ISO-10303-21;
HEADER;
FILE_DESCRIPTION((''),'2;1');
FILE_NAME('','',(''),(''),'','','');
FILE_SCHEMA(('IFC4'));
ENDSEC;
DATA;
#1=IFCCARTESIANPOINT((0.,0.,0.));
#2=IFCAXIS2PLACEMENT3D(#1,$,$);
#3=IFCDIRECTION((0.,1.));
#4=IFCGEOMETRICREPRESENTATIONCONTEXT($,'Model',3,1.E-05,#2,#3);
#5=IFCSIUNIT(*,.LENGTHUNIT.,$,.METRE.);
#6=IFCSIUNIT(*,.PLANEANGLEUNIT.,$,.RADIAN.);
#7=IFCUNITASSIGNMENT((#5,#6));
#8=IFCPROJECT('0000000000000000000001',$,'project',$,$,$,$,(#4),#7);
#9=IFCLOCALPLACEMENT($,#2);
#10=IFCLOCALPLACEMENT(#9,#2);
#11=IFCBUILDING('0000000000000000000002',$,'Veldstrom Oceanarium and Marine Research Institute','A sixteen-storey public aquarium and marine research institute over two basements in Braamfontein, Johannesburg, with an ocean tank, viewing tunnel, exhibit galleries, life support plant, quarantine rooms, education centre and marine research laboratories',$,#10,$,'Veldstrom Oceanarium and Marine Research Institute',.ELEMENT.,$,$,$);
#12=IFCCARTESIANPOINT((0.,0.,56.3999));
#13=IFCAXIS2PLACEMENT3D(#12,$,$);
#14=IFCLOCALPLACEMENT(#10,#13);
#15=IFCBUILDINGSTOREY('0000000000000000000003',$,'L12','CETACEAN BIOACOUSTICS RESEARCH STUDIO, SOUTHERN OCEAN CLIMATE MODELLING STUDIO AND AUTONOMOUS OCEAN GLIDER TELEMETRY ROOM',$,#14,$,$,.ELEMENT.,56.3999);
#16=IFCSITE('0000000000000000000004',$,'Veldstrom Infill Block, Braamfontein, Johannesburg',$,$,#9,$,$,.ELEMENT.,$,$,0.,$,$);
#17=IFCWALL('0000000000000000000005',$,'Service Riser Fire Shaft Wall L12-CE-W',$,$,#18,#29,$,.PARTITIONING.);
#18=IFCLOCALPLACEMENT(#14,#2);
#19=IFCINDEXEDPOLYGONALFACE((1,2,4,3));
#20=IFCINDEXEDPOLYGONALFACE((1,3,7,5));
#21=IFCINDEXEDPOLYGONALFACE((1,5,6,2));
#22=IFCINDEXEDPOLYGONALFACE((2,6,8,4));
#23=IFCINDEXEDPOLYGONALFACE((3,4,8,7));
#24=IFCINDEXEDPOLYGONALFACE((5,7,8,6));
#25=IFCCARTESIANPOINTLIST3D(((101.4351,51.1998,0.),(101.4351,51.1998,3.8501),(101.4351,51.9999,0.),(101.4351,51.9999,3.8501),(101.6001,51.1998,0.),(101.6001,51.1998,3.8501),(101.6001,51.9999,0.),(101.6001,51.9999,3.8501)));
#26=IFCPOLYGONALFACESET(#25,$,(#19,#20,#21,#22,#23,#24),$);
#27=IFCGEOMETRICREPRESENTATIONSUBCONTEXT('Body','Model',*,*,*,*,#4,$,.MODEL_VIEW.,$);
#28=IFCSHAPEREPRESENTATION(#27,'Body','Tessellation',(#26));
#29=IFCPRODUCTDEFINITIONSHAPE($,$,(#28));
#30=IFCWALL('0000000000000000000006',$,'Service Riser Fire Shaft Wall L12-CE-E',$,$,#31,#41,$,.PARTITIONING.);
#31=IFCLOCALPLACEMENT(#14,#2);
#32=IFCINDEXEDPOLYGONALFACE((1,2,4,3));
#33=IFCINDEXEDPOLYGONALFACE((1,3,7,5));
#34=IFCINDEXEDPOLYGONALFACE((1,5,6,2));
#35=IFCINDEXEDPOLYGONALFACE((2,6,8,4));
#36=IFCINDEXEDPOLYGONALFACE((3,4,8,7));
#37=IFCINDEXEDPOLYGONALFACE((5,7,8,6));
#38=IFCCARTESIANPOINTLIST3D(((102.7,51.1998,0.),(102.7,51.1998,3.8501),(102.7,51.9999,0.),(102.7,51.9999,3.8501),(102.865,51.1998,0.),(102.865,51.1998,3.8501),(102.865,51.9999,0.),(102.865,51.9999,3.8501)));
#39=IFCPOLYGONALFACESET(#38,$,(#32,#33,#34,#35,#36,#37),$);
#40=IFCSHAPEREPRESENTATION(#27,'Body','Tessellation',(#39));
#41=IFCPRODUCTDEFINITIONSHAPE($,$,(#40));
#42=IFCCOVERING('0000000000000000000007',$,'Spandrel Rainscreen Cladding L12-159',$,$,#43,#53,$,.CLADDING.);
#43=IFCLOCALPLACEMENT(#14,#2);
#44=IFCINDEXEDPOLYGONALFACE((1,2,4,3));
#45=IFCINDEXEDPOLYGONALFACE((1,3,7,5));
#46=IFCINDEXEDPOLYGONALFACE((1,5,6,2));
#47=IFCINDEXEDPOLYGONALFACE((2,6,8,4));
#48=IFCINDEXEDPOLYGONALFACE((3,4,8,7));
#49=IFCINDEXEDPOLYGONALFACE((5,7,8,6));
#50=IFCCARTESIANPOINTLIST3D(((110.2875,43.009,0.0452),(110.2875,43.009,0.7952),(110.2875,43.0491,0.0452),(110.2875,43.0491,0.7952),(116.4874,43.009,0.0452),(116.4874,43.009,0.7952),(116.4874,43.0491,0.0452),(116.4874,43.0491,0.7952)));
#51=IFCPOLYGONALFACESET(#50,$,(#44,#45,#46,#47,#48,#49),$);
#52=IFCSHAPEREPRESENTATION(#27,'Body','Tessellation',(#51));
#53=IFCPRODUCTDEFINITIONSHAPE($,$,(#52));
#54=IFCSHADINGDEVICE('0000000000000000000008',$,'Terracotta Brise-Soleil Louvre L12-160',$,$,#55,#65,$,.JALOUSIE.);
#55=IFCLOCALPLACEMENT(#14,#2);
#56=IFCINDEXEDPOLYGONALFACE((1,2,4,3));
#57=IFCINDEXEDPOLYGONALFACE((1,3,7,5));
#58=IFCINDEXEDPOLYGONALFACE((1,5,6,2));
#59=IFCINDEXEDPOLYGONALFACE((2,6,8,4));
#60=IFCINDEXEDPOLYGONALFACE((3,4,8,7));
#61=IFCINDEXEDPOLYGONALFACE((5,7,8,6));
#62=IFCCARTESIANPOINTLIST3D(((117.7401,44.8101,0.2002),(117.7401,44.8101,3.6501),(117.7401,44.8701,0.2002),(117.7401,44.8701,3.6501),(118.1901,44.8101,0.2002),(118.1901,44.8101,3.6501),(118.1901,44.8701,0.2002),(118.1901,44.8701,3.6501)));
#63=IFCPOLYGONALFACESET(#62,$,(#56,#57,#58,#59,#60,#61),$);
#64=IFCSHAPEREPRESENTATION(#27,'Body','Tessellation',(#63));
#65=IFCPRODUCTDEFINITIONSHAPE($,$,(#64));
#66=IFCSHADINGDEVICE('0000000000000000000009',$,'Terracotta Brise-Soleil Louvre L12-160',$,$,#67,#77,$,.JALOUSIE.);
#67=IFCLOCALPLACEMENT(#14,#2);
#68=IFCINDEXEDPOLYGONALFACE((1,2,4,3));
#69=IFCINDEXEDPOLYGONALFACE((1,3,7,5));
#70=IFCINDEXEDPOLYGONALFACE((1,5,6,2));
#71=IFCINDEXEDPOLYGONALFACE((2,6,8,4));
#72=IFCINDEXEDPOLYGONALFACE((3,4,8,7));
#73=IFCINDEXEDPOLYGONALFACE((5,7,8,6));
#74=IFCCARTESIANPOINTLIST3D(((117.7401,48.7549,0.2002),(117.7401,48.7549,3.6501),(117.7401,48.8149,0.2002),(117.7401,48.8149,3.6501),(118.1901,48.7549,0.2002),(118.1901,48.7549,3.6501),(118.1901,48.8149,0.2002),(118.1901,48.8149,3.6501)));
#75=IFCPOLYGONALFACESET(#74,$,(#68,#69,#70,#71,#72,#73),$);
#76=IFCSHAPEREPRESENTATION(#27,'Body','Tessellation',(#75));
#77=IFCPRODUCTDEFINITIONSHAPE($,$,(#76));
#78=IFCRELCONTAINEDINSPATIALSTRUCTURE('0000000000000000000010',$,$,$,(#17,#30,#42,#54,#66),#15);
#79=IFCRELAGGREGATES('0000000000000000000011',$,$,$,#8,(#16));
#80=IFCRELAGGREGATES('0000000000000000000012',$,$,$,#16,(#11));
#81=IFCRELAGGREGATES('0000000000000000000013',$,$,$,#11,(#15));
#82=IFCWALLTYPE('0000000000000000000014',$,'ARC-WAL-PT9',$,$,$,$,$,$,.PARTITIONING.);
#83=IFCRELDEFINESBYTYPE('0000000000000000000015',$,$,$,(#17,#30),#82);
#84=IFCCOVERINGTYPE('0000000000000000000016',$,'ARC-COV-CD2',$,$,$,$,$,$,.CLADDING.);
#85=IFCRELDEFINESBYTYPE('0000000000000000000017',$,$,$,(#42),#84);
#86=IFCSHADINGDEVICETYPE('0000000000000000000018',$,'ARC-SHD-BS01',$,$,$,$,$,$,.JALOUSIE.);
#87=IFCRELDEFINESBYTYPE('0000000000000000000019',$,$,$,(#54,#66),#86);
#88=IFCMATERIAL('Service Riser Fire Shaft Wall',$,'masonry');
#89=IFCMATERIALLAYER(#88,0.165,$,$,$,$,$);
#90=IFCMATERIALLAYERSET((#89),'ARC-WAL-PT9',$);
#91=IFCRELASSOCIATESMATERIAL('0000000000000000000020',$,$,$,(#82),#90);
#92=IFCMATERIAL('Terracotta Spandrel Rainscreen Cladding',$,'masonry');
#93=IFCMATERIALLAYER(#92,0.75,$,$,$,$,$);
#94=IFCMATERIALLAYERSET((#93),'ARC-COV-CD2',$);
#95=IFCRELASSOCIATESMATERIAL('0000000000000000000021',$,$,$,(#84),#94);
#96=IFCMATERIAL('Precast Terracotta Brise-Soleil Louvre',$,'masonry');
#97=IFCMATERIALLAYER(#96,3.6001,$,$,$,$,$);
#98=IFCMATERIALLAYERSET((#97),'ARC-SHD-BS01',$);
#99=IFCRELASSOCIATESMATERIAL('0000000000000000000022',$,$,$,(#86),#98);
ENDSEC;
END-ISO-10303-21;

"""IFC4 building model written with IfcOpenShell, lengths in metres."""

from ifc_helpers import new_model, si_unit, direction, frame, frame_2d, origin, origin_2d, place, context, subcontext, project, spatial, rectangle, extrude, material, layer, layer_set, type_object, element, save


model = new_model("IFC4")

# Units and contexts
model_context = context("Model", 3, precision=1e-05, world=origin(), true_north=direction((0.0, 1.0)))
body_context = subcontext(model_context, "Body", "Model", "MODEL_VIEW")
ifc_project = project(units=[si_unit("LENGTHUNIT", "METRE"), si_unit("PLANEANGLEUNIT", "RADIAN")], contexts=[model_context])

# Site, building, storey
site_placement = place(None, origin())
site = spatial("IfcSite", under=ifc_project, at=site_placement, Name="Veldstrom Infill Block, Braamfontein, Johannesburg", CompositionType="ELEMENT", RefElevation=0.0)
building_placement = place(site_placement, origin())
building = spatial("IfcBuilding", under=site, at=building_placement, Name="Veldstrom Oceanarium and Marine Research Institute", Description="A sixteen-storey public aquarium and marine research institute over two basements in Braamfontein, Johannesburg, with an ocean tank, viewing tunnel, exhibit galleries, life support plant, quarantine rooms, education centre and marine research laboratories", LongName="Veldstrom Oceanarium and Marine Research Institute", CompositionType="ELEMENT")
storey_placement = place(building_placement, frame((0.0, 0.0, 56.3999)))
storey = spatial("IfcBuildingStorey", under=building, at=storey_placement, Name="L12", Description="CETACEAN BIOACOUSTICS RESEARCH STUDIO, SOUTHERN OCEAN CLIMATE MODELLING STUDIO AND AUTONOMOUS OCEAN GLIDER TELEMETRY ROOM", CompositionType="ELEMENT", Elevation=56.3999)

# Walls
ifc_material_1 = material(Name="Service Riser Fire Shaft Wall", Category="masonry")
ifc_layer_1 = layer(ifc_material_1, 0.165)
ifc_layer_set_1 = layer_set([ifc_layer_1], Name="ARC-WAL-PT9")
wall_type_1 = type_object("IfcWallType", Name="ARC-WAL-PT9", PredefinedType="PARTITIONING", material=ifc_layer_set_1)
for number, where, z_axis, x_axis, name in (
    (1, (101.5176, 51.2, 0.0), (0.0, 0.0, 1.0), (0.0, 1.0, 0.0), "Service Riser Fire Shaft Wall L12-CE-W"),
    (2, (102.7825, 51.2, 0.0), (0.0, 0.0, 1.0), (0.0, 1.0, 0.0), "Service Riser Fire Shaft Wall L12-CE-E"),
):
    element("IfcWall", number, at=place(storey_placement, frame(where, z_axis=z_axis, x_axis=x_axis)), inside=storey, type_object=wall_type_1, Name=name, PredefinedType="PARTITIONING", context=body_context, shape_type="SweptSolid", body=[
        extrude(rectangle(XDim=0.8, YDim=0.165, at=frame_2d((0.3999, 0.0))), origin(), (0.0, 0.0, 1.0), 3.8501),
    ])

# Covering
ifc_material_2 = material(Name="Terracotta Spandrel Rainscreen Cladding", Category="masonry")
ifc_layer_2 = layer(ifc_material_2, 0.75)
ifc_layer_set_2 = layer_set([ifc_layer_2], Name="ARC-COV-CD2")
covering_type = type_object("IfcCoveringType", Name="ARC-COV-CD2", PredefinedType="CLADDING", material=ifc_layer_set_2)
covering_placement = place(storey_placement, frame((113.3875, 43.0291, 0.0452), z_axis=(0.0, 0.0, 1.0), x_axis=(1.0, 0.0, 0.0)))
element("IfcCovering", 3, at=covering_placement, inside=storey, type_object=covering_type, Name="Spandrel Rainscreen Cladding L12-159", PredefinedType="CLADDING", context=body_context, shape_type="SweptSolid", body=[
    extrude(rectangle(XDim=6.2, YDim=0.04, at=origin_2d()), origin(), (0.0, 0.0, 1.0), 0.75),
])

# Shading devices
ifc_material_3 = material(Name="Precast Terracotta Brise-Soleil Louvre", Category="masonry")
ifc_layer_3 = layer(ifc_material_3, 3.6001)
ifc_layer_set_3 = layer_set([ifc_layer_3], Name="ARC-SHD-BS01")
shading_device_type = type_object("IfcShadingDeviceType", Name="ARC-SHD-BS01", PredefinedType="JALOUSIE", material=ifc_layer_set_3)
for number, where, z_axis, x_axis, name in (
    (4, (117.9651, 44.8401, 0.2002), (0.0, 0.0, 1.0), (1.0, 0.0, 0.0), "Terracotta Brise-Soleil Louvre L12-160"),
    (5, (117.9651, 48.7849, 0.2002), (0.0, 0.0, 1.0), (1.0, 0.0, 0.0), "Terracotta Brise-Soleil Louvre L12-160"),
):
    element("IfcShadingDevice", number, at=place(storey_placement, frame(where, z_axis=z_axis, x_axis=x_axis)), inside=storey, type_object=shading_device_type, Name=name, PredefinedType="JALOUSIE", context=body_context, shape_type="SweptSolid", body=[
        extrude(rectangle(XDim=0.45, YDim=0.0601, at=origin_2d()), origin(), (0.0, 0.0, 1.0), 3.45),
    ])

save(model, "model.ifc")
